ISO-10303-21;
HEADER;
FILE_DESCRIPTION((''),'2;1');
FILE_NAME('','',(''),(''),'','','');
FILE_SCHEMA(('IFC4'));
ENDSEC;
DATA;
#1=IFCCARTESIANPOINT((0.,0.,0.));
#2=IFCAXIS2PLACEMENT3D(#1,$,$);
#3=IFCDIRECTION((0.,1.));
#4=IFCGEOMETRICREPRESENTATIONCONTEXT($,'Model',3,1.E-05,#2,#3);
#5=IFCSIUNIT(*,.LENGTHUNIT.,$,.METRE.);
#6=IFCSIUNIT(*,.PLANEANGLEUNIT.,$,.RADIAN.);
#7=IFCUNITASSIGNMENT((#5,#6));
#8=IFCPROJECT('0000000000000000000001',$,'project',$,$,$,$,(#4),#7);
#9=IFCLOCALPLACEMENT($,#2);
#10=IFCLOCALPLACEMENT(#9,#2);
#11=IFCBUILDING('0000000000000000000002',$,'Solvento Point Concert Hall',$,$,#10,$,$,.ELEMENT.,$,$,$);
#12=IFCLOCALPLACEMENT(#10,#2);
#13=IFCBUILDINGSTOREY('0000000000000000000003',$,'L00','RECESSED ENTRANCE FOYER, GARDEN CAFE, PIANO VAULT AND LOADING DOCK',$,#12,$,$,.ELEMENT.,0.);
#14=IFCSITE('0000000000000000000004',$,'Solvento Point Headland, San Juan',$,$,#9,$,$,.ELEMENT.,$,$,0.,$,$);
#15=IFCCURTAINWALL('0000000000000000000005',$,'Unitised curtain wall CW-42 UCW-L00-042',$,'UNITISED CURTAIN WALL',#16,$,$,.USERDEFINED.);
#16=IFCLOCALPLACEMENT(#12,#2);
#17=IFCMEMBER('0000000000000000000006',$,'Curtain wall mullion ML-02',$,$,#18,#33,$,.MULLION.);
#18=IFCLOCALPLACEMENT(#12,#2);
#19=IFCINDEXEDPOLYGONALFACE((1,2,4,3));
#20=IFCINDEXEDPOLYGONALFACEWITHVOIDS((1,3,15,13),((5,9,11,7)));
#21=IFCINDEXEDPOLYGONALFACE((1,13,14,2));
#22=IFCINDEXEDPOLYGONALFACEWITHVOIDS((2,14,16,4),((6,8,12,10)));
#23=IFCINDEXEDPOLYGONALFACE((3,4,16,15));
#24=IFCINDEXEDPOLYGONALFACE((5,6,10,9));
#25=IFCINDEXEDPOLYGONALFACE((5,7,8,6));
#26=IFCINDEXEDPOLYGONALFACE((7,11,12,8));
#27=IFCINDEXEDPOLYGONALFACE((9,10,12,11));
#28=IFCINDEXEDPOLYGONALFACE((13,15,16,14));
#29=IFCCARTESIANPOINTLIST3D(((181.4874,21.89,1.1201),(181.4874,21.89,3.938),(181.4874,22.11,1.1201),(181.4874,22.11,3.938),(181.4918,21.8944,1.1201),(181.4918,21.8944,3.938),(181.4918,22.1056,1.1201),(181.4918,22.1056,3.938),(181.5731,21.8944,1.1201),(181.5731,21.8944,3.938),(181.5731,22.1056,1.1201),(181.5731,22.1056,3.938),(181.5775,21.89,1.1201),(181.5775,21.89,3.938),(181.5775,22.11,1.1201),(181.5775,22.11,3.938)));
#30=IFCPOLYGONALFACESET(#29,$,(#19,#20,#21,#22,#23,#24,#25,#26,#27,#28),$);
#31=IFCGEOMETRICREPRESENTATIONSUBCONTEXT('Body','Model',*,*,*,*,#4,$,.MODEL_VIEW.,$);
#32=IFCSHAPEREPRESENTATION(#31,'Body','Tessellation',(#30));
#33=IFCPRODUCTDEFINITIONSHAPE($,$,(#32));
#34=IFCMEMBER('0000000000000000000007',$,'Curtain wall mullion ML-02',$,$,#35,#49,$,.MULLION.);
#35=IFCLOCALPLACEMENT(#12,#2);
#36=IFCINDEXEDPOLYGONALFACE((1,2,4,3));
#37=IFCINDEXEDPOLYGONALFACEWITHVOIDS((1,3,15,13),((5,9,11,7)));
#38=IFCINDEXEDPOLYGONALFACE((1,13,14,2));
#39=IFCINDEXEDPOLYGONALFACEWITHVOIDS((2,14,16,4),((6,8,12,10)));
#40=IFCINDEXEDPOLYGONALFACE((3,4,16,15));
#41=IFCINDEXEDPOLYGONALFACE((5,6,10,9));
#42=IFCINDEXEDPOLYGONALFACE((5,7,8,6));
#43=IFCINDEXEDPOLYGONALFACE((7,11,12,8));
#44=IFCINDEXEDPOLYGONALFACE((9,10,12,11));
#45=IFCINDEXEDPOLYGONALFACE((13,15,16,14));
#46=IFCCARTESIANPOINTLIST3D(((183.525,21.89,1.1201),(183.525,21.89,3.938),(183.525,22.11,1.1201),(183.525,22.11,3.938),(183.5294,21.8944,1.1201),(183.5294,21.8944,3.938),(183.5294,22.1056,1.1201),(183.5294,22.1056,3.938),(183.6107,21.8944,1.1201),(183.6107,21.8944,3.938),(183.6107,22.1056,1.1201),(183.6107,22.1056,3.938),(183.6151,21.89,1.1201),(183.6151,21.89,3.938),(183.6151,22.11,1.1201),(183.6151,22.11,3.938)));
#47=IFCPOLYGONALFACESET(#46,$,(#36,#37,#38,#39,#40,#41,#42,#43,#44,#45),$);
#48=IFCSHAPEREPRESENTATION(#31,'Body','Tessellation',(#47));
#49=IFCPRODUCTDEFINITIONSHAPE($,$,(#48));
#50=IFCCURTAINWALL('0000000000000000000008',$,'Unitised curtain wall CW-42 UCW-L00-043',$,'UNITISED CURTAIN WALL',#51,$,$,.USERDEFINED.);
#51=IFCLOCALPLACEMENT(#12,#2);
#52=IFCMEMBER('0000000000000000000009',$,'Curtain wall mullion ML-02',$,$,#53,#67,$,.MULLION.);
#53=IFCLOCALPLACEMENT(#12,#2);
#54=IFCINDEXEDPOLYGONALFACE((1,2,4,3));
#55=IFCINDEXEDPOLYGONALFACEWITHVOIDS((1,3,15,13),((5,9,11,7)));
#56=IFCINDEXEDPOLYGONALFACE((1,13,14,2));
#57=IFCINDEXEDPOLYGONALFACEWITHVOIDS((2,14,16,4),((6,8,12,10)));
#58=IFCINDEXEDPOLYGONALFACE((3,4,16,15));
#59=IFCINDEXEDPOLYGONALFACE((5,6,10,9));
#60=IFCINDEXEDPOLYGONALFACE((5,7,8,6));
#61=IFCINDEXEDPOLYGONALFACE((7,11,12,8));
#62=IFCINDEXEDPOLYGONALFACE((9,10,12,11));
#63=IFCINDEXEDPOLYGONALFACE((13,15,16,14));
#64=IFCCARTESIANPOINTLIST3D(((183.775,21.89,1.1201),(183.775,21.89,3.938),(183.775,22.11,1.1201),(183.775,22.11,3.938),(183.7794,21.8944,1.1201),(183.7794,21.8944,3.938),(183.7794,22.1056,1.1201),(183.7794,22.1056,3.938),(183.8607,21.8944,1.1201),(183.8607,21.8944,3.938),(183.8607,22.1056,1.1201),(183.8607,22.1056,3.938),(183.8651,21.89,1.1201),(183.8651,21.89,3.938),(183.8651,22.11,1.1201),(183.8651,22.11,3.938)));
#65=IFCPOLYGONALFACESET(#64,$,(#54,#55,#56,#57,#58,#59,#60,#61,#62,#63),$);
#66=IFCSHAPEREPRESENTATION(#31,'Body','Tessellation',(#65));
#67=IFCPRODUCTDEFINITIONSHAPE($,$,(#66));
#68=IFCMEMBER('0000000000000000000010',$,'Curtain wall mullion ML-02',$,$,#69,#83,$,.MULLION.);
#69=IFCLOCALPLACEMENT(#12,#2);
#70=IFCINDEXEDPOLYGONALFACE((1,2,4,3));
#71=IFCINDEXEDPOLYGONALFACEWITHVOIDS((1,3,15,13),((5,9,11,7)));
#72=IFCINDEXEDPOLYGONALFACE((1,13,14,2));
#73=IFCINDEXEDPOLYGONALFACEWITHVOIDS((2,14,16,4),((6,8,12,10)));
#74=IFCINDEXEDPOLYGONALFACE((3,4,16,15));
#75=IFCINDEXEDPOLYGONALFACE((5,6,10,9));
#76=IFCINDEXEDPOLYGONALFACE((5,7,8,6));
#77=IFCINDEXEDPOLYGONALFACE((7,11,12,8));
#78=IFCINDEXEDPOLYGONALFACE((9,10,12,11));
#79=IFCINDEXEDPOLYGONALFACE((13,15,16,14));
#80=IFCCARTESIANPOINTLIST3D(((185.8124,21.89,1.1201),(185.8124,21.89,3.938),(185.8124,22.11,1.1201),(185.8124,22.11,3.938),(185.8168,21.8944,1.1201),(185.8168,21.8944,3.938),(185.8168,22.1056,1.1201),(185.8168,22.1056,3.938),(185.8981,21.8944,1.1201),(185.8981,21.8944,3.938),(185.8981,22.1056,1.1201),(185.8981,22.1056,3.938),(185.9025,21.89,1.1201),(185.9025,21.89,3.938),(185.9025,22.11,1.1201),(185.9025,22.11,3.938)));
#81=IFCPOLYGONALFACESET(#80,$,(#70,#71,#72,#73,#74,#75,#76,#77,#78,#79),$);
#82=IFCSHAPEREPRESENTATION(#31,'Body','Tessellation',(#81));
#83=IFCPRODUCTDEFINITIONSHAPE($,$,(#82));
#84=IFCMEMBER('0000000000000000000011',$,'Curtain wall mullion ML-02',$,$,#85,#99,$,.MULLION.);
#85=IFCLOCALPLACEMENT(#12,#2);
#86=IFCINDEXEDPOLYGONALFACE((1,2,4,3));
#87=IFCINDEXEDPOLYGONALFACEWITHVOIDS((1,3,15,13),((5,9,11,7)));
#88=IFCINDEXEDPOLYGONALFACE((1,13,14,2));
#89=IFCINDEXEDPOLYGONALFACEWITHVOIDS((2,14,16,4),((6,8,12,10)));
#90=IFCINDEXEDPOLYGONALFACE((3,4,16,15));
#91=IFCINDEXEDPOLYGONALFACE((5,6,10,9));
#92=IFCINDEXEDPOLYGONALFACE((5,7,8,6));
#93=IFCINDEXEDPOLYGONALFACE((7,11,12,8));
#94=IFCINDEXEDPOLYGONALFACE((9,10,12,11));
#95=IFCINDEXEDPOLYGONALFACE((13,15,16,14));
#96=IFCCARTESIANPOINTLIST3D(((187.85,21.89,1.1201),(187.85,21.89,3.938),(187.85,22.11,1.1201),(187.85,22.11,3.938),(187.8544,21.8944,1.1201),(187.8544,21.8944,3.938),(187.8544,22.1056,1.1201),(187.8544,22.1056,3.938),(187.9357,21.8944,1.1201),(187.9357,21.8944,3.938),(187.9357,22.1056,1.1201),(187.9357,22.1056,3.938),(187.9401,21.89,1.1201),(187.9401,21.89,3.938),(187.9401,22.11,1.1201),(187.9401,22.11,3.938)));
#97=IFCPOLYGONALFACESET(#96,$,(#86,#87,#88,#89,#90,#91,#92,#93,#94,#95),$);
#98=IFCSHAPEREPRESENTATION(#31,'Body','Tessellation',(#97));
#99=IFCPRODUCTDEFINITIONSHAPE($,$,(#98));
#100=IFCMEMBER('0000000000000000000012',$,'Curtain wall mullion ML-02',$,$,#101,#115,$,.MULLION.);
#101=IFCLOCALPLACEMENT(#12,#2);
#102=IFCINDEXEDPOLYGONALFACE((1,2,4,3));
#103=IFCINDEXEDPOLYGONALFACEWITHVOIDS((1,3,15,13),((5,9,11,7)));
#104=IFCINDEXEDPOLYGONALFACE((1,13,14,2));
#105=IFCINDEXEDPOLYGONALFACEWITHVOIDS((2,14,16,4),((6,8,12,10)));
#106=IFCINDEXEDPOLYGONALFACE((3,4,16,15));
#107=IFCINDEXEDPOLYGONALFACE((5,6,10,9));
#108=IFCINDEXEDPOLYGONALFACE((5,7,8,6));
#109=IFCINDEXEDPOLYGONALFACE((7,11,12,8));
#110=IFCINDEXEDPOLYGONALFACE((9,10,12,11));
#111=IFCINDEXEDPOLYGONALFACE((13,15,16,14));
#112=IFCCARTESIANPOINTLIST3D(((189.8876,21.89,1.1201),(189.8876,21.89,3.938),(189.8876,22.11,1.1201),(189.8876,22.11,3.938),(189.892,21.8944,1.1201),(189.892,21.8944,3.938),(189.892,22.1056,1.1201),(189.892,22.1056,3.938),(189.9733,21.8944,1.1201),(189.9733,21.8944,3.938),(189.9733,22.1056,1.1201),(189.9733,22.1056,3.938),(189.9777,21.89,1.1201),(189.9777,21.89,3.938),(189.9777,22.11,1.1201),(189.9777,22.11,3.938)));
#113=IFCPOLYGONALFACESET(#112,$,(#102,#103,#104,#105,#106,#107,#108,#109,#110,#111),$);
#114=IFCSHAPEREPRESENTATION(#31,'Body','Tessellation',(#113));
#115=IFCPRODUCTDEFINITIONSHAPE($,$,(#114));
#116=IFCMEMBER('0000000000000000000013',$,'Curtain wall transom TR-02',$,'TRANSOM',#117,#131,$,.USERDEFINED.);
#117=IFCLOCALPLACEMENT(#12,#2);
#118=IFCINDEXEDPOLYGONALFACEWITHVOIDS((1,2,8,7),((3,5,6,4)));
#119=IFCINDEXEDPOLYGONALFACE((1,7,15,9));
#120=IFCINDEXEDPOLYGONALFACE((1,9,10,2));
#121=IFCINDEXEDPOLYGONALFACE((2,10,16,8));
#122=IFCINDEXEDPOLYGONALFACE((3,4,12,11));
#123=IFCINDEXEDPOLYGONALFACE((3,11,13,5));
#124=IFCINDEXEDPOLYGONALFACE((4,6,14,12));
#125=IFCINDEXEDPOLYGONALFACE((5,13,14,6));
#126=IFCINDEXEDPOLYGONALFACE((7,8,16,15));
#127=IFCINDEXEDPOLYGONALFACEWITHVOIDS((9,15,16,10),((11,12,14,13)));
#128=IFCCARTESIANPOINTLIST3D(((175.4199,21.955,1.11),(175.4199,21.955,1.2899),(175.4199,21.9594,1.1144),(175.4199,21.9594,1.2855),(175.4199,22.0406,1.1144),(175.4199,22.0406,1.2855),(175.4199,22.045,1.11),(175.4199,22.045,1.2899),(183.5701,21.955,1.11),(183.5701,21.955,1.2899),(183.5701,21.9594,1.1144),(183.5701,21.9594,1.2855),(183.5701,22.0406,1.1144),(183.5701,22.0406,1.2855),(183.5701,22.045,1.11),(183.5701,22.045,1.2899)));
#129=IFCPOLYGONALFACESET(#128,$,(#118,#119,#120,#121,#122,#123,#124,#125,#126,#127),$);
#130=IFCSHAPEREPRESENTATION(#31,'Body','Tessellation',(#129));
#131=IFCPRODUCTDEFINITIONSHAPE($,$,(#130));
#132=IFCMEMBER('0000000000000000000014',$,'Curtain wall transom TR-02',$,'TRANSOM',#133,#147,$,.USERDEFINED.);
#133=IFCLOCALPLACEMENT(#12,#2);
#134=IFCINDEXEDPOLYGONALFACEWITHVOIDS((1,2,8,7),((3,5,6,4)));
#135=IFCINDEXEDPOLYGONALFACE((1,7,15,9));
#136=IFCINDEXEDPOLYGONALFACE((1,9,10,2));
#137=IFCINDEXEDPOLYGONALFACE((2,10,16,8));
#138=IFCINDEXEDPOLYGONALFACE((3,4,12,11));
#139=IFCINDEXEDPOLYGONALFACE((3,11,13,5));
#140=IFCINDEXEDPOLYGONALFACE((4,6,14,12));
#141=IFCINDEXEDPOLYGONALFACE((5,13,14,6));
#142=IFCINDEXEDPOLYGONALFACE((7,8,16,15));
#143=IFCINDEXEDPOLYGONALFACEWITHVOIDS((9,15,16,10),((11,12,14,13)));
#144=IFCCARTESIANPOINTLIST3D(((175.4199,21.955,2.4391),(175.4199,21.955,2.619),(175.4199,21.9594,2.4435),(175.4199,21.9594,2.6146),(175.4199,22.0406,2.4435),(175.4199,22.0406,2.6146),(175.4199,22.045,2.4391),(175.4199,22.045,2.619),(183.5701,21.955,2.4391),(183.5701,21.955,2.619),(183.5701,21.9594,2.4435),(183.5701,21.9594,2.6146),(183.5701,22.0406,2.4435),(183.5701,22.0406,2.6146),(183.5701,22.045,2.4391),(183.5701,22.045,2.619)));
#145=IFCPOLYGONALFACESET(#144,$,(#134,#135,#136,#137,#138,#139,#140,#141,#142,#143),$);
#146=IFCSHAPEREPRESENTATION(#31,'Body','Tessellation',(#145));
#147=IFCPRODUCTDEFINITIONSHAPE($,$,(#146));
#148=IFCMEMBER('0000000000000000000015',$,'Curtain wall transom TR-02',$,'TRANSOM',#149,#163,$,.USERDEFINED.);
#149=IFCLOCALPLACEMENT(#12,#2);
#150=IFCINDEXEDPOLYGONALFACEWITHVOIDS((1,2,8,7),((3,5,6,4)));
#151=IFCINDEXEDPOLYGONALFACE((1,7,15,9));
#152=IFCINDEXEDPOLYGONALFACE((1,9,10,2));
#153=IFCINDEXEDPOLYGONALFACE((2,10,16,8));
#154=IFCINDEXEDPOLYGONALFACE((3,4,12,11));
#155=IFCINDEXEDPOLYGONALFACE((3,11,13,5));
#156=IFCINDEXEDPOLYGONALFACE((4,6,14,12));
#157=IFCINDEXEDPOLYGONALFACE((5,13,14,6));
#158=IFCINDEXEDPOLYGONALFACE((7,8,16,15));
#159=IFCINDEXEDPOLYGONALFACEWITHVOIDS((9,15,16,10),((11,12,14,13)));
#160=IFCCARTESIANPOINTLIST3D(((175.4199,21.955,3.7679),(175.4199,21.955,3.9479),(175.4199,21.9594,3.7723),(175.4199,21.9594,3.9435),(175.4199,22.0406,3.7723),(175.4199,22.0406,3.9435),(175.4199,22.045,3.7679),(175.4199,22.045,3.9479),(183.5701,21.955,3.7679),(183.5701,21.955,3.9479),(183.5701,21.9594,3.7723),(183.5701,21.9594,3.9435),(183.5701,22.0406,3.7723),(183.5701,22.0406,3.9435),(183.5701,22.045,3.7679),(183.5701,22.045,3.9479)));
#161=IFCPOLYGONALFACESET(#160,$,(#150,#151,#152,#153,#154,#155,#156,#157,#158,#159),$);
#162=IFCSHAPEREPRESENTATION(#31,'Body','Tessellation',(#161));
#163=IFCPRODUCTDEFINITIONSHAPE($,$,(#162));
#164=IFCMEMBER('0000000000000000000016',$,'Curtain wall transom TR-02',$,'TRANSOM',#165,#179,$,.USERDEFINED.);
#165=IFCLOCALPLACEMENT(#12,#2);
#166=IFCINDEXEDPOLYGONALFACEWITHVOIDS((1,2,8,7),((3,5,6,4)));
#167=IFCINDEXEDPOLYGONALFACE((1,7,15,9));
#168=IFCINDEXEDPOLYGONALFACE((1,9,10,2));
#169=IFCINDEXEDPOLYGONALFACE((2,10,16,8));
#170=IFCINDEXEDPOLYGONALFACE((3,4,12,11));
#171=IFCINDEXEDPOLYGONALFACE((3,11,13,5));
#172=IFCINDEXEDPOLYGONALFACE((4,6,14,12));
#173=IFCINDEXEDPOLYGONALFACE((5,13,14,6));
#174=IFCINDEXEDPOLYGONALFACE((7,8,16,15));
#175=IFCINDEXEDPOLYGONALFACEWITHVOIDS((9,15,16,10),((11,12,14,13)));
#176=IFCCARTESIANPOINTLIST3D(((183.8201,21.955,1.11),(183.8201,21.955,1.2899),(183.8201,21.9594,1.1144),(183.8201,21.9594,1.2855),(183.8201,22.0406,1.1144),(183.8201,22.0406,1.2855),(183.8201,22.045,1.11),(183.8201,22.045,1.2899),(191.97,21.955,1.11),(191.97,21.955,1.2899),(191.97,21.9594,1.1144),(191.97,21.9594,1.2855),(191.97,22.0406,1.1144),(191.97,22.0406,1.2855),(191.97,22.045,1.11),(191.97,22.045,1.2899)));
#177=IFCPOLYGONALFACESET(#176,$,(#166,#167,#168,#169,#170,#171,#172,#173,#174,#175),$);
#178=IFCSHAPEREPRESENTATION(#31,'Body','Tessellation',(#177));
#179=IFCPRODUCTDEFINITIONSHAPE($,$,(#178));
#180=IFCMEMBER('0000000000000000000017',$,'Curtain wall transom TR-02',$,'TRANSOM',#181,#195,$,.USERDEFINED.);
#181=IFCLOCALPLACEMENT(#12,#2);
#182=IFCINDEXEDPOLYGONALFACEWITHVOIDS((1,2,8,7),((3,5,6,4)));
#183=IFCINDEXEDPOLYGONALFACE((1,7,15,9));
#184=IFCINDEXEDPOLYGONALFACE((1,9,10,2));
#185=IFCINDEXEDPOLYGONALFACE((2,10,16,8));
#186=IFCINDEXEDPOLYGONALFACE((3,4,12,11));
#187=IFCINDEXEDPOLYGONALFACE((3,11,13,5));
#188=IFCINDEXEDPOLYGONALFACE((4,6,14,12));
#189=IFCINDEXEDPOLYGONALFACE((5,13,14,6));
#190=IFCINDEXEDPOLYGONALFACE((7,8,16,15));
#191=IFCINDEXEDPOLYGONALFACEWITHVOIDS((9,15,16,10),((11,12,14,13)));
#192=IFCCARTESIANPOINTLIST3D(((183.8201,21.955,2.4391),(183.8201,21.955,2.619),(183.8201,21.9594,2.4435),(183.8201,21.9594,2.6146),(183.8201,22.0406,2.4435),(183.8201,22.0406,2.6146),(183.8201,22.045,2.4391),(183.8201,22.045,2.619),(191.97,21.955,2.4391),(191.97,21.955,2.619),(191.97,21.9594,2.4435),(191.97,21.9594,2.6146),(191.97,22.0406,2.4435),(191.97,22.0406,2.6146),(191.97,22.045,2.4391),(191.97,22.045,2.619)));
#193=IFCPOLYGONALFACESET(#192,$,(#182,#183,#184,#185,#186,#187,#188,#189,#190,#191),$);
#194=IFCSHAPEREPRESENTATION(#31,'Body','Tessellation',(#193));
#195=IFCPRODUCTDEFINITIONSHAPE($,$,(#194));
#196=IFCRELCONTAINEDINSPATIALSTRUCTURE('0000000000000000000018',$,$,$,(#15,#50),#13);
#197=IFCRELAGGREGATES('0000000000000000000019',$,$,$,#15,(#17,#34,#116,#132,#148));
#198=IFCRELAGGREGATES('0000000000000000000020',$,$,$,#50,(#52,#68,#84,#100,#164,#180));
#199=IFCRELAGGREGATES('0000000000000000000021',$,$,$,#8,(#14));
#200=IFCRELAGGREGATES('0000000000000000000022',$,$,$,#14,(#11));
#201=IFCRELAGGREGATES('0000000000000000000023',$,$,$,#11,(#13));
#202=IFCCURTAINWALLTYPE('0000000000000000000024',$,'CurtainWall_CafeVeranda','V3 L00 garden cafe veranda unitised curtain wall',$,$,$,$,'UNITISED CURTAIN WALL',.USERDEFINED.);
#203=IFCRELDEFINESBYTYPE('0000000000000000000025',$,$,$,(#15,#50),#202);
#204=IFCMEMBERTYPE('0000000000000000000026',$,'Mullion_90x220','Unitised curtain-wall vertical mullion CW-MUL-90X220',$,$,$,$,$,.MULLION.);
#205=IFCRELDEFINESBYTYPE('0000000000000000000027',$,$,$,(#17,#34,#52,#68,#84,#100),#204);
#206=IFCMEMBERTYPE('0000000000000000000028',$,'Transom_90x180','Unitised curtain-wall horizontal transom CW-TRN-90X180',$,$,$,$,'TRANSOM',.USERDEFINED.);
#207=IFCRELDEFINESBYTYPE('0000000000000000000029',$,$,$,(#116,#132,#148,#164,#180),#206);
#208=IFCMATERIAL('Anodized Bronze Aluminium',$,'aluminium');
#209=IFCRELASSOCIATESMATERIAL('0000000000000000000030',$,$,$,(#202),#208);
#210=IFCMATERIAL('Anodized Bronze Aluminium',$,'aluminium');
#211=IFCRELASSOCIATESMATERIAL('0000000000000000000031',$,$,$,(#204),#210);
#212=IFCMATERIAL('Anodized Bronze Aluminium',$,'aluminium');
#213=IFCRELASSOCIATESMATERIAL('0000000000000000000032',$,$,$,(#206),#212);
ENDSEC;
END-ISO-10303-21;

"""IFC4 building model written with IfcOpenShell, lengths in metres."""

from ifc_helpers import new_model, si_unit, direction, frame, origin, origin_2d, place, context, subcontext, project, spatial, hollow_rectangle, extrude, material, material_profile, profile_set, type_object, element, aggregate, save


model = new_model("IFC4")

# Units and contexts
model_context = context("Model", 3, precision=1e-05, world=origin(), true_north=direction((0.0, 1.0)))
body_context = subcontext(model_context, "Body", "Model", "MODEL_VIEW")
ifc_project = project(units=[si_unit("LENGTHUNIT", "METRE"), si_unit("PLANEANGLEUNIT", "RADIAN")], contexts=[model_context])

# Site, building, storey
site_placement = place(None, origin())
site = spatial("IfcSite", under=ifc_project, at=site_placement, Name="Solvento Point Headland, San Juan", CompositionType="ELEMENT", RefElevation=0.0)
building_placement = place(site_placement, origin())
building = spatial("IfcBuilding", under=site, at=building_placement, Name="Solvento Point Concert Hall", CompositionType="ELEMENT")
storey_placement = place(building_placement, origin())
storey = spatial("IfcBuildingStorey", under=building, at=storey_placement, Name="L00", Description="RECESSED ENTRANCE FOYER, GARDEN CAFE, PIANO VAULT AND LOADING DOCK", CompositionType="ELEMENT", Elevation=0.0)

# Curtain walls, members
ifc_material_1 = material(Name="Anodized Bronze Aluminium", Category="aluminium")
curtain_wall_type = type_object("IfcCurtainWallType", Name="CurtainWall_CafeVeranda", Description="V3 L00 garden cafe veranda unitised curtain wall", ElementType="UNITISED CURTAIN WALL", PredefinedType="USERDEFINED", material=ifc_material_1)
curtain_wall_1_placement = place(storey_placement, origin())
curtain_wall_1 = element("IfcCurtainWall", 1, at=curtain_wall_1_placement, inside=storey, type_object=curtain_wall_type, Name="Unitised curtain wall CW-42 UCW-L00-042", ObjectType="UNITISED CURTAIN WALL", PredefinedType="USERDEFINED")
ifc_material_2 = material(Name="Anodized Bronze Aluminium", Category="aluminium")
ifc_material_profile_1 = material_profile(ifc_material_2, hollow_rectangle(XDim=0.0901, YDim=0.22, WallThickness=0.0044, at=origin_2d()), Name="CW-MUL-90X220")
ifc_profile_set_1 = profile_set([ifc_material_profile_1], Name="Anodized Bronze Aluminium")
member_type_1 = type_object("IfcMemberType", Name="Mullion_90x220", Description="Unitised curtain-wall vertical mullion CW-MUL-90X220", PredefinedType="MULLION", material=ifc_profile_set_1)
member_1_placement = place(storey_placement, frame((181.5325, 22.0, 1.1201), z_axis=(0.0, 0.0, 1.0), x_axis=(1.0, 0.0, 0.0)))
member_1 = element("IfcMember", 2, at=member_1_placement, type_object=member_type_1, Name="Curtain wall mullion ML-02", PredefinedType="MULLION", context=body_context, shape_type="SweptSolid", body=[
    extrude(hollow_rectangle(XDim=0.0901, YDim=0.22, WallThickness=0.0044, at=origin_2d()), origin(), (0.0, 0.0, 1.0), 2.8179),
])
member_2_placement = place(storey_placement, frame((183.5701, 22.0, 1.1201), z_axis=(0.0, 0.0, 1.0), x_axis=(1.0, 0.0, 0.0)))
member_2 = element("IfcMember", 3, at=member_2_placement, type_object=member_type_1, Name="Curtain wall mullion ML-02", PredefinedType="MULLION", context=body_context, shape_type="SweptSolid", body=[
    extrude(hollow_rectangle(XDim=0.0901, YDim=0.22, WallThickness=0.0044, at=origin_2d()), origin(), (0.0, 0.0, 1.0), 2.8179),
])
curtain_wall_2_placement = place(storey_placement, origin())
curtain_wall_2 = element("IfcCurtainWall", 4, at=curtain_wall_2_placement, inside=storey, type_object=curtain_wall_type, Name="Unitised curtain wall CW-42 UCW-L00-043", ObjectType="UNITISED CURTAIN WALL", PredefinedType="USERDEFINED")
member_3_placement = place(storey_placement, frame((183.8201, 22.0, 1.1201), z_axis=(0.0, 0.0, 1.0), x_axis=(1.0, 0.0, 0.0)))
member_3 = element("IfcMember", 5, at=member_3_placement, type_object=member_type_1, Name="Curtain wall mullion ML-02", PredefinedType="MULLION", context=body_context, shape_type="SweptSolid", body=[
    extrude(hollow_rectangle(XDim=0.0901, YDim=0.22, WallThickness=0.0044, at=origin_2d()), origin(), (0.0, 0.0, 1.0), 2.8179),
])
member_4_placement = place(storey_placement, frame((185.8574, 22.0, 1.1201), z_axis=(0.0, 0.0, 1.0), x_axis=(1.0, 0.0, 0.0)))
member_4 = element("IfcMember", 6, at=member_4_placement, type_object=member_type_1, Name="Curtain wall mullion ML-02", PredefinedType="MULLION", context=body_context, shape_type="SweptSolid", body=[
    extrude(hollow_rectangle(XDim=0.0901, YDim=0.22, WallThickness=0.0044, at=origin_2d()), origin(), (0.0, 0.0, 1.0), 2.8179),
])
member_5_placement = place(storey_placement, frame((187.895, 22.0, 1.1201), z_axis=(0.0, 0.0, 1.0), x_axis=(1.0, 0.0, 0.0)))
member_5 = element("IfcMember", 7, at=member_5_placement, type_object=member_type_1, Name="Curtain wall mullion ML-02", PredefinedType="MULLION", context=body_context, shape_type="SweptSolid", body=[
    extrude(hollow_rectangle(XDim=0.0901, YDim=0.22, WallThickness=0.0044, at=origin_2d()), origin(), (0.0, 0.0, 1.0), 2.8179),
])
member_6_placement = place(storey_placement, frame((189.9326, 22.0, 1.1201), z_axis=(0.0, 0.0, 1.0), x_axis=(1.0, 0.0, 0.0)))
member_6 = element("IfcMember", 8, at=member_6_placement, type_object=member_type_1, Name="Curtain wall mullion ML-02", PredefinedType="MULLION", context=body_context, shape_type="SweptSolid", body=[
    extrude(hollow_rectangle(XDim=0.0901, YDim=0.22, WallThickness=0.0044, at=origin_2d()), origin(), (0.0, 0.0, 1.0), 2.8179),
])

# Members
ifc_material_3 = material(Name="Anodized Bronze Aluminium", Category="aluminium")
ifc_material_profile_2 = material_profile(ifc_material_3, hollow_rectangle(XDim=0.0901, YDim=0.1799, WallThickness=0.0044, at=origin_2d()), Name="CW-TRN-90X180")
ifc_profile_set_2 = profile_set([ifc_material_profile_2], Name="Anodized Bronze Aluminium")
member_type_2 = type_object("IfcMemberType", Name="Transom_90x180", Description="Unitised curtain-wall horizontal transom CW-TRN-90X180", ElementType="TRANSOM", PredefinedType="USERDEFINED", material=ifc_profile_set_2)
member_7_placement = place(storey_placement, frame((175.4199, 22.0, 1.2), z_axis=(1.0, 0.0, 0.0), x_axis=(0.0, 1.0, 0.0)))
member_7 = element("IfcMember", 9, at=member_7_placement, type_object=member_type_2, Name="Curtain wall transom TR-02", ObjectType="TRANSOM", PredefinedType="USERDEFINED", context=body_context, shape_type="SweptSolid", body=[
    extrude(hollow_rectangle(XDim=0.0901, YDim=0.1799, WallThickness=0.0044, at=origin_2d()), origin(), (0.0, 0.0, 1.0), 8.1501),
])
member_8_placement = place(storey_placement, frame((175.4199, 22.0, 2.5291), z_axis=(1.0, 0.0, 0.0), x_axis=(0.0, 1.0, 0.0)))
member_8 = element("IfcMember", 10, at=member_8_placement, type_object=member_type_2, Name="Curtain wall transom TR-02", ObjectType="TRANSOM", PredefinedType="USERDEFINED", context=body_context, shape_type="SweptSolid", body=[
    extrude(hollow_rectangle(XDim=0.0901, YDim=0.1799, WallThickness=0.0044, at=origin_2d()), origin(), (0.0, 0.0, 1.0), 8.1501),
])
member_9_placement = place(storey_placement, frame((175.4199, 22.0, 3.8579), z_axis=(1.0, 0.0, 0.0), x_axis=(0.0, 1.0, 0.0)))
member_9 = element("IfcMember", 11, at=member_9_placement, type_object=member_type_2, Name="Curtain wall transom TR-02", ObjectType="TRANSOM", PredefinedType="USERDEFINED", context=body_context, shape_type="SweptSolid", body=[
    extrude(hollow_rectangle(XDim=0.0901, YDim=0.1799, WallThickness=0.0044, at=origin_2d()), origin(), (0.0, 0.0, 1.0), 8.1501),
])
member_10_placement = place(storey_placement, frame((183.8201, 22.0, 1.2), z_axis=(1.0, 0.0, 0.0), x_axis=(0.0, 1.0, 0.0)))
member_10 = element("IfcMember", 12, at=member_10_placement, type_object=member_type_2, Name="Curtain wall transom TR-02", ObjectType="TRANSOM", PredefinedType="USERDEFINED", context=body_context, shape_type="SweptSolid", body=[
    extrude(hollow_rectangle(XDim=0.0901, YDim=0.1799, WallThickness=0.0044, at=origin_2d()), origin(), (0.0, 0.0, 1.0), 8.1499),
])
member_11_placement = place(storey_placement, frame((183.8201, 22.0, 2.5291), z_axis=(1.0, 0.0, 0.0), x_axis=(0.0, 1.0, 0.0)))
member_11 = element("IfcMember", 13, at=member_11_placement, type_object=member_type_2, Name="Curtain wall transom TR-02", ObjectType="TRANSOM", PredefinedType="USERDEFINED", context=body_context, shape_type="SweptSolid", body=[
    extrude(hollow_rectangle(XDim=0.0901, YDim=0.1799, WallThickness=0.0044, at=origin_2d()), origin(), (0.0, 0.0, 1.0), 8.1499),
])

aggregate(curtain_wall_1, [member_1, member_2, member_7, member_8, member_9])
aggregate(curtain_wall_2, [member_3, member_4, member_5, member_6, member_10, member_11])

save(model, "model.ifc")
